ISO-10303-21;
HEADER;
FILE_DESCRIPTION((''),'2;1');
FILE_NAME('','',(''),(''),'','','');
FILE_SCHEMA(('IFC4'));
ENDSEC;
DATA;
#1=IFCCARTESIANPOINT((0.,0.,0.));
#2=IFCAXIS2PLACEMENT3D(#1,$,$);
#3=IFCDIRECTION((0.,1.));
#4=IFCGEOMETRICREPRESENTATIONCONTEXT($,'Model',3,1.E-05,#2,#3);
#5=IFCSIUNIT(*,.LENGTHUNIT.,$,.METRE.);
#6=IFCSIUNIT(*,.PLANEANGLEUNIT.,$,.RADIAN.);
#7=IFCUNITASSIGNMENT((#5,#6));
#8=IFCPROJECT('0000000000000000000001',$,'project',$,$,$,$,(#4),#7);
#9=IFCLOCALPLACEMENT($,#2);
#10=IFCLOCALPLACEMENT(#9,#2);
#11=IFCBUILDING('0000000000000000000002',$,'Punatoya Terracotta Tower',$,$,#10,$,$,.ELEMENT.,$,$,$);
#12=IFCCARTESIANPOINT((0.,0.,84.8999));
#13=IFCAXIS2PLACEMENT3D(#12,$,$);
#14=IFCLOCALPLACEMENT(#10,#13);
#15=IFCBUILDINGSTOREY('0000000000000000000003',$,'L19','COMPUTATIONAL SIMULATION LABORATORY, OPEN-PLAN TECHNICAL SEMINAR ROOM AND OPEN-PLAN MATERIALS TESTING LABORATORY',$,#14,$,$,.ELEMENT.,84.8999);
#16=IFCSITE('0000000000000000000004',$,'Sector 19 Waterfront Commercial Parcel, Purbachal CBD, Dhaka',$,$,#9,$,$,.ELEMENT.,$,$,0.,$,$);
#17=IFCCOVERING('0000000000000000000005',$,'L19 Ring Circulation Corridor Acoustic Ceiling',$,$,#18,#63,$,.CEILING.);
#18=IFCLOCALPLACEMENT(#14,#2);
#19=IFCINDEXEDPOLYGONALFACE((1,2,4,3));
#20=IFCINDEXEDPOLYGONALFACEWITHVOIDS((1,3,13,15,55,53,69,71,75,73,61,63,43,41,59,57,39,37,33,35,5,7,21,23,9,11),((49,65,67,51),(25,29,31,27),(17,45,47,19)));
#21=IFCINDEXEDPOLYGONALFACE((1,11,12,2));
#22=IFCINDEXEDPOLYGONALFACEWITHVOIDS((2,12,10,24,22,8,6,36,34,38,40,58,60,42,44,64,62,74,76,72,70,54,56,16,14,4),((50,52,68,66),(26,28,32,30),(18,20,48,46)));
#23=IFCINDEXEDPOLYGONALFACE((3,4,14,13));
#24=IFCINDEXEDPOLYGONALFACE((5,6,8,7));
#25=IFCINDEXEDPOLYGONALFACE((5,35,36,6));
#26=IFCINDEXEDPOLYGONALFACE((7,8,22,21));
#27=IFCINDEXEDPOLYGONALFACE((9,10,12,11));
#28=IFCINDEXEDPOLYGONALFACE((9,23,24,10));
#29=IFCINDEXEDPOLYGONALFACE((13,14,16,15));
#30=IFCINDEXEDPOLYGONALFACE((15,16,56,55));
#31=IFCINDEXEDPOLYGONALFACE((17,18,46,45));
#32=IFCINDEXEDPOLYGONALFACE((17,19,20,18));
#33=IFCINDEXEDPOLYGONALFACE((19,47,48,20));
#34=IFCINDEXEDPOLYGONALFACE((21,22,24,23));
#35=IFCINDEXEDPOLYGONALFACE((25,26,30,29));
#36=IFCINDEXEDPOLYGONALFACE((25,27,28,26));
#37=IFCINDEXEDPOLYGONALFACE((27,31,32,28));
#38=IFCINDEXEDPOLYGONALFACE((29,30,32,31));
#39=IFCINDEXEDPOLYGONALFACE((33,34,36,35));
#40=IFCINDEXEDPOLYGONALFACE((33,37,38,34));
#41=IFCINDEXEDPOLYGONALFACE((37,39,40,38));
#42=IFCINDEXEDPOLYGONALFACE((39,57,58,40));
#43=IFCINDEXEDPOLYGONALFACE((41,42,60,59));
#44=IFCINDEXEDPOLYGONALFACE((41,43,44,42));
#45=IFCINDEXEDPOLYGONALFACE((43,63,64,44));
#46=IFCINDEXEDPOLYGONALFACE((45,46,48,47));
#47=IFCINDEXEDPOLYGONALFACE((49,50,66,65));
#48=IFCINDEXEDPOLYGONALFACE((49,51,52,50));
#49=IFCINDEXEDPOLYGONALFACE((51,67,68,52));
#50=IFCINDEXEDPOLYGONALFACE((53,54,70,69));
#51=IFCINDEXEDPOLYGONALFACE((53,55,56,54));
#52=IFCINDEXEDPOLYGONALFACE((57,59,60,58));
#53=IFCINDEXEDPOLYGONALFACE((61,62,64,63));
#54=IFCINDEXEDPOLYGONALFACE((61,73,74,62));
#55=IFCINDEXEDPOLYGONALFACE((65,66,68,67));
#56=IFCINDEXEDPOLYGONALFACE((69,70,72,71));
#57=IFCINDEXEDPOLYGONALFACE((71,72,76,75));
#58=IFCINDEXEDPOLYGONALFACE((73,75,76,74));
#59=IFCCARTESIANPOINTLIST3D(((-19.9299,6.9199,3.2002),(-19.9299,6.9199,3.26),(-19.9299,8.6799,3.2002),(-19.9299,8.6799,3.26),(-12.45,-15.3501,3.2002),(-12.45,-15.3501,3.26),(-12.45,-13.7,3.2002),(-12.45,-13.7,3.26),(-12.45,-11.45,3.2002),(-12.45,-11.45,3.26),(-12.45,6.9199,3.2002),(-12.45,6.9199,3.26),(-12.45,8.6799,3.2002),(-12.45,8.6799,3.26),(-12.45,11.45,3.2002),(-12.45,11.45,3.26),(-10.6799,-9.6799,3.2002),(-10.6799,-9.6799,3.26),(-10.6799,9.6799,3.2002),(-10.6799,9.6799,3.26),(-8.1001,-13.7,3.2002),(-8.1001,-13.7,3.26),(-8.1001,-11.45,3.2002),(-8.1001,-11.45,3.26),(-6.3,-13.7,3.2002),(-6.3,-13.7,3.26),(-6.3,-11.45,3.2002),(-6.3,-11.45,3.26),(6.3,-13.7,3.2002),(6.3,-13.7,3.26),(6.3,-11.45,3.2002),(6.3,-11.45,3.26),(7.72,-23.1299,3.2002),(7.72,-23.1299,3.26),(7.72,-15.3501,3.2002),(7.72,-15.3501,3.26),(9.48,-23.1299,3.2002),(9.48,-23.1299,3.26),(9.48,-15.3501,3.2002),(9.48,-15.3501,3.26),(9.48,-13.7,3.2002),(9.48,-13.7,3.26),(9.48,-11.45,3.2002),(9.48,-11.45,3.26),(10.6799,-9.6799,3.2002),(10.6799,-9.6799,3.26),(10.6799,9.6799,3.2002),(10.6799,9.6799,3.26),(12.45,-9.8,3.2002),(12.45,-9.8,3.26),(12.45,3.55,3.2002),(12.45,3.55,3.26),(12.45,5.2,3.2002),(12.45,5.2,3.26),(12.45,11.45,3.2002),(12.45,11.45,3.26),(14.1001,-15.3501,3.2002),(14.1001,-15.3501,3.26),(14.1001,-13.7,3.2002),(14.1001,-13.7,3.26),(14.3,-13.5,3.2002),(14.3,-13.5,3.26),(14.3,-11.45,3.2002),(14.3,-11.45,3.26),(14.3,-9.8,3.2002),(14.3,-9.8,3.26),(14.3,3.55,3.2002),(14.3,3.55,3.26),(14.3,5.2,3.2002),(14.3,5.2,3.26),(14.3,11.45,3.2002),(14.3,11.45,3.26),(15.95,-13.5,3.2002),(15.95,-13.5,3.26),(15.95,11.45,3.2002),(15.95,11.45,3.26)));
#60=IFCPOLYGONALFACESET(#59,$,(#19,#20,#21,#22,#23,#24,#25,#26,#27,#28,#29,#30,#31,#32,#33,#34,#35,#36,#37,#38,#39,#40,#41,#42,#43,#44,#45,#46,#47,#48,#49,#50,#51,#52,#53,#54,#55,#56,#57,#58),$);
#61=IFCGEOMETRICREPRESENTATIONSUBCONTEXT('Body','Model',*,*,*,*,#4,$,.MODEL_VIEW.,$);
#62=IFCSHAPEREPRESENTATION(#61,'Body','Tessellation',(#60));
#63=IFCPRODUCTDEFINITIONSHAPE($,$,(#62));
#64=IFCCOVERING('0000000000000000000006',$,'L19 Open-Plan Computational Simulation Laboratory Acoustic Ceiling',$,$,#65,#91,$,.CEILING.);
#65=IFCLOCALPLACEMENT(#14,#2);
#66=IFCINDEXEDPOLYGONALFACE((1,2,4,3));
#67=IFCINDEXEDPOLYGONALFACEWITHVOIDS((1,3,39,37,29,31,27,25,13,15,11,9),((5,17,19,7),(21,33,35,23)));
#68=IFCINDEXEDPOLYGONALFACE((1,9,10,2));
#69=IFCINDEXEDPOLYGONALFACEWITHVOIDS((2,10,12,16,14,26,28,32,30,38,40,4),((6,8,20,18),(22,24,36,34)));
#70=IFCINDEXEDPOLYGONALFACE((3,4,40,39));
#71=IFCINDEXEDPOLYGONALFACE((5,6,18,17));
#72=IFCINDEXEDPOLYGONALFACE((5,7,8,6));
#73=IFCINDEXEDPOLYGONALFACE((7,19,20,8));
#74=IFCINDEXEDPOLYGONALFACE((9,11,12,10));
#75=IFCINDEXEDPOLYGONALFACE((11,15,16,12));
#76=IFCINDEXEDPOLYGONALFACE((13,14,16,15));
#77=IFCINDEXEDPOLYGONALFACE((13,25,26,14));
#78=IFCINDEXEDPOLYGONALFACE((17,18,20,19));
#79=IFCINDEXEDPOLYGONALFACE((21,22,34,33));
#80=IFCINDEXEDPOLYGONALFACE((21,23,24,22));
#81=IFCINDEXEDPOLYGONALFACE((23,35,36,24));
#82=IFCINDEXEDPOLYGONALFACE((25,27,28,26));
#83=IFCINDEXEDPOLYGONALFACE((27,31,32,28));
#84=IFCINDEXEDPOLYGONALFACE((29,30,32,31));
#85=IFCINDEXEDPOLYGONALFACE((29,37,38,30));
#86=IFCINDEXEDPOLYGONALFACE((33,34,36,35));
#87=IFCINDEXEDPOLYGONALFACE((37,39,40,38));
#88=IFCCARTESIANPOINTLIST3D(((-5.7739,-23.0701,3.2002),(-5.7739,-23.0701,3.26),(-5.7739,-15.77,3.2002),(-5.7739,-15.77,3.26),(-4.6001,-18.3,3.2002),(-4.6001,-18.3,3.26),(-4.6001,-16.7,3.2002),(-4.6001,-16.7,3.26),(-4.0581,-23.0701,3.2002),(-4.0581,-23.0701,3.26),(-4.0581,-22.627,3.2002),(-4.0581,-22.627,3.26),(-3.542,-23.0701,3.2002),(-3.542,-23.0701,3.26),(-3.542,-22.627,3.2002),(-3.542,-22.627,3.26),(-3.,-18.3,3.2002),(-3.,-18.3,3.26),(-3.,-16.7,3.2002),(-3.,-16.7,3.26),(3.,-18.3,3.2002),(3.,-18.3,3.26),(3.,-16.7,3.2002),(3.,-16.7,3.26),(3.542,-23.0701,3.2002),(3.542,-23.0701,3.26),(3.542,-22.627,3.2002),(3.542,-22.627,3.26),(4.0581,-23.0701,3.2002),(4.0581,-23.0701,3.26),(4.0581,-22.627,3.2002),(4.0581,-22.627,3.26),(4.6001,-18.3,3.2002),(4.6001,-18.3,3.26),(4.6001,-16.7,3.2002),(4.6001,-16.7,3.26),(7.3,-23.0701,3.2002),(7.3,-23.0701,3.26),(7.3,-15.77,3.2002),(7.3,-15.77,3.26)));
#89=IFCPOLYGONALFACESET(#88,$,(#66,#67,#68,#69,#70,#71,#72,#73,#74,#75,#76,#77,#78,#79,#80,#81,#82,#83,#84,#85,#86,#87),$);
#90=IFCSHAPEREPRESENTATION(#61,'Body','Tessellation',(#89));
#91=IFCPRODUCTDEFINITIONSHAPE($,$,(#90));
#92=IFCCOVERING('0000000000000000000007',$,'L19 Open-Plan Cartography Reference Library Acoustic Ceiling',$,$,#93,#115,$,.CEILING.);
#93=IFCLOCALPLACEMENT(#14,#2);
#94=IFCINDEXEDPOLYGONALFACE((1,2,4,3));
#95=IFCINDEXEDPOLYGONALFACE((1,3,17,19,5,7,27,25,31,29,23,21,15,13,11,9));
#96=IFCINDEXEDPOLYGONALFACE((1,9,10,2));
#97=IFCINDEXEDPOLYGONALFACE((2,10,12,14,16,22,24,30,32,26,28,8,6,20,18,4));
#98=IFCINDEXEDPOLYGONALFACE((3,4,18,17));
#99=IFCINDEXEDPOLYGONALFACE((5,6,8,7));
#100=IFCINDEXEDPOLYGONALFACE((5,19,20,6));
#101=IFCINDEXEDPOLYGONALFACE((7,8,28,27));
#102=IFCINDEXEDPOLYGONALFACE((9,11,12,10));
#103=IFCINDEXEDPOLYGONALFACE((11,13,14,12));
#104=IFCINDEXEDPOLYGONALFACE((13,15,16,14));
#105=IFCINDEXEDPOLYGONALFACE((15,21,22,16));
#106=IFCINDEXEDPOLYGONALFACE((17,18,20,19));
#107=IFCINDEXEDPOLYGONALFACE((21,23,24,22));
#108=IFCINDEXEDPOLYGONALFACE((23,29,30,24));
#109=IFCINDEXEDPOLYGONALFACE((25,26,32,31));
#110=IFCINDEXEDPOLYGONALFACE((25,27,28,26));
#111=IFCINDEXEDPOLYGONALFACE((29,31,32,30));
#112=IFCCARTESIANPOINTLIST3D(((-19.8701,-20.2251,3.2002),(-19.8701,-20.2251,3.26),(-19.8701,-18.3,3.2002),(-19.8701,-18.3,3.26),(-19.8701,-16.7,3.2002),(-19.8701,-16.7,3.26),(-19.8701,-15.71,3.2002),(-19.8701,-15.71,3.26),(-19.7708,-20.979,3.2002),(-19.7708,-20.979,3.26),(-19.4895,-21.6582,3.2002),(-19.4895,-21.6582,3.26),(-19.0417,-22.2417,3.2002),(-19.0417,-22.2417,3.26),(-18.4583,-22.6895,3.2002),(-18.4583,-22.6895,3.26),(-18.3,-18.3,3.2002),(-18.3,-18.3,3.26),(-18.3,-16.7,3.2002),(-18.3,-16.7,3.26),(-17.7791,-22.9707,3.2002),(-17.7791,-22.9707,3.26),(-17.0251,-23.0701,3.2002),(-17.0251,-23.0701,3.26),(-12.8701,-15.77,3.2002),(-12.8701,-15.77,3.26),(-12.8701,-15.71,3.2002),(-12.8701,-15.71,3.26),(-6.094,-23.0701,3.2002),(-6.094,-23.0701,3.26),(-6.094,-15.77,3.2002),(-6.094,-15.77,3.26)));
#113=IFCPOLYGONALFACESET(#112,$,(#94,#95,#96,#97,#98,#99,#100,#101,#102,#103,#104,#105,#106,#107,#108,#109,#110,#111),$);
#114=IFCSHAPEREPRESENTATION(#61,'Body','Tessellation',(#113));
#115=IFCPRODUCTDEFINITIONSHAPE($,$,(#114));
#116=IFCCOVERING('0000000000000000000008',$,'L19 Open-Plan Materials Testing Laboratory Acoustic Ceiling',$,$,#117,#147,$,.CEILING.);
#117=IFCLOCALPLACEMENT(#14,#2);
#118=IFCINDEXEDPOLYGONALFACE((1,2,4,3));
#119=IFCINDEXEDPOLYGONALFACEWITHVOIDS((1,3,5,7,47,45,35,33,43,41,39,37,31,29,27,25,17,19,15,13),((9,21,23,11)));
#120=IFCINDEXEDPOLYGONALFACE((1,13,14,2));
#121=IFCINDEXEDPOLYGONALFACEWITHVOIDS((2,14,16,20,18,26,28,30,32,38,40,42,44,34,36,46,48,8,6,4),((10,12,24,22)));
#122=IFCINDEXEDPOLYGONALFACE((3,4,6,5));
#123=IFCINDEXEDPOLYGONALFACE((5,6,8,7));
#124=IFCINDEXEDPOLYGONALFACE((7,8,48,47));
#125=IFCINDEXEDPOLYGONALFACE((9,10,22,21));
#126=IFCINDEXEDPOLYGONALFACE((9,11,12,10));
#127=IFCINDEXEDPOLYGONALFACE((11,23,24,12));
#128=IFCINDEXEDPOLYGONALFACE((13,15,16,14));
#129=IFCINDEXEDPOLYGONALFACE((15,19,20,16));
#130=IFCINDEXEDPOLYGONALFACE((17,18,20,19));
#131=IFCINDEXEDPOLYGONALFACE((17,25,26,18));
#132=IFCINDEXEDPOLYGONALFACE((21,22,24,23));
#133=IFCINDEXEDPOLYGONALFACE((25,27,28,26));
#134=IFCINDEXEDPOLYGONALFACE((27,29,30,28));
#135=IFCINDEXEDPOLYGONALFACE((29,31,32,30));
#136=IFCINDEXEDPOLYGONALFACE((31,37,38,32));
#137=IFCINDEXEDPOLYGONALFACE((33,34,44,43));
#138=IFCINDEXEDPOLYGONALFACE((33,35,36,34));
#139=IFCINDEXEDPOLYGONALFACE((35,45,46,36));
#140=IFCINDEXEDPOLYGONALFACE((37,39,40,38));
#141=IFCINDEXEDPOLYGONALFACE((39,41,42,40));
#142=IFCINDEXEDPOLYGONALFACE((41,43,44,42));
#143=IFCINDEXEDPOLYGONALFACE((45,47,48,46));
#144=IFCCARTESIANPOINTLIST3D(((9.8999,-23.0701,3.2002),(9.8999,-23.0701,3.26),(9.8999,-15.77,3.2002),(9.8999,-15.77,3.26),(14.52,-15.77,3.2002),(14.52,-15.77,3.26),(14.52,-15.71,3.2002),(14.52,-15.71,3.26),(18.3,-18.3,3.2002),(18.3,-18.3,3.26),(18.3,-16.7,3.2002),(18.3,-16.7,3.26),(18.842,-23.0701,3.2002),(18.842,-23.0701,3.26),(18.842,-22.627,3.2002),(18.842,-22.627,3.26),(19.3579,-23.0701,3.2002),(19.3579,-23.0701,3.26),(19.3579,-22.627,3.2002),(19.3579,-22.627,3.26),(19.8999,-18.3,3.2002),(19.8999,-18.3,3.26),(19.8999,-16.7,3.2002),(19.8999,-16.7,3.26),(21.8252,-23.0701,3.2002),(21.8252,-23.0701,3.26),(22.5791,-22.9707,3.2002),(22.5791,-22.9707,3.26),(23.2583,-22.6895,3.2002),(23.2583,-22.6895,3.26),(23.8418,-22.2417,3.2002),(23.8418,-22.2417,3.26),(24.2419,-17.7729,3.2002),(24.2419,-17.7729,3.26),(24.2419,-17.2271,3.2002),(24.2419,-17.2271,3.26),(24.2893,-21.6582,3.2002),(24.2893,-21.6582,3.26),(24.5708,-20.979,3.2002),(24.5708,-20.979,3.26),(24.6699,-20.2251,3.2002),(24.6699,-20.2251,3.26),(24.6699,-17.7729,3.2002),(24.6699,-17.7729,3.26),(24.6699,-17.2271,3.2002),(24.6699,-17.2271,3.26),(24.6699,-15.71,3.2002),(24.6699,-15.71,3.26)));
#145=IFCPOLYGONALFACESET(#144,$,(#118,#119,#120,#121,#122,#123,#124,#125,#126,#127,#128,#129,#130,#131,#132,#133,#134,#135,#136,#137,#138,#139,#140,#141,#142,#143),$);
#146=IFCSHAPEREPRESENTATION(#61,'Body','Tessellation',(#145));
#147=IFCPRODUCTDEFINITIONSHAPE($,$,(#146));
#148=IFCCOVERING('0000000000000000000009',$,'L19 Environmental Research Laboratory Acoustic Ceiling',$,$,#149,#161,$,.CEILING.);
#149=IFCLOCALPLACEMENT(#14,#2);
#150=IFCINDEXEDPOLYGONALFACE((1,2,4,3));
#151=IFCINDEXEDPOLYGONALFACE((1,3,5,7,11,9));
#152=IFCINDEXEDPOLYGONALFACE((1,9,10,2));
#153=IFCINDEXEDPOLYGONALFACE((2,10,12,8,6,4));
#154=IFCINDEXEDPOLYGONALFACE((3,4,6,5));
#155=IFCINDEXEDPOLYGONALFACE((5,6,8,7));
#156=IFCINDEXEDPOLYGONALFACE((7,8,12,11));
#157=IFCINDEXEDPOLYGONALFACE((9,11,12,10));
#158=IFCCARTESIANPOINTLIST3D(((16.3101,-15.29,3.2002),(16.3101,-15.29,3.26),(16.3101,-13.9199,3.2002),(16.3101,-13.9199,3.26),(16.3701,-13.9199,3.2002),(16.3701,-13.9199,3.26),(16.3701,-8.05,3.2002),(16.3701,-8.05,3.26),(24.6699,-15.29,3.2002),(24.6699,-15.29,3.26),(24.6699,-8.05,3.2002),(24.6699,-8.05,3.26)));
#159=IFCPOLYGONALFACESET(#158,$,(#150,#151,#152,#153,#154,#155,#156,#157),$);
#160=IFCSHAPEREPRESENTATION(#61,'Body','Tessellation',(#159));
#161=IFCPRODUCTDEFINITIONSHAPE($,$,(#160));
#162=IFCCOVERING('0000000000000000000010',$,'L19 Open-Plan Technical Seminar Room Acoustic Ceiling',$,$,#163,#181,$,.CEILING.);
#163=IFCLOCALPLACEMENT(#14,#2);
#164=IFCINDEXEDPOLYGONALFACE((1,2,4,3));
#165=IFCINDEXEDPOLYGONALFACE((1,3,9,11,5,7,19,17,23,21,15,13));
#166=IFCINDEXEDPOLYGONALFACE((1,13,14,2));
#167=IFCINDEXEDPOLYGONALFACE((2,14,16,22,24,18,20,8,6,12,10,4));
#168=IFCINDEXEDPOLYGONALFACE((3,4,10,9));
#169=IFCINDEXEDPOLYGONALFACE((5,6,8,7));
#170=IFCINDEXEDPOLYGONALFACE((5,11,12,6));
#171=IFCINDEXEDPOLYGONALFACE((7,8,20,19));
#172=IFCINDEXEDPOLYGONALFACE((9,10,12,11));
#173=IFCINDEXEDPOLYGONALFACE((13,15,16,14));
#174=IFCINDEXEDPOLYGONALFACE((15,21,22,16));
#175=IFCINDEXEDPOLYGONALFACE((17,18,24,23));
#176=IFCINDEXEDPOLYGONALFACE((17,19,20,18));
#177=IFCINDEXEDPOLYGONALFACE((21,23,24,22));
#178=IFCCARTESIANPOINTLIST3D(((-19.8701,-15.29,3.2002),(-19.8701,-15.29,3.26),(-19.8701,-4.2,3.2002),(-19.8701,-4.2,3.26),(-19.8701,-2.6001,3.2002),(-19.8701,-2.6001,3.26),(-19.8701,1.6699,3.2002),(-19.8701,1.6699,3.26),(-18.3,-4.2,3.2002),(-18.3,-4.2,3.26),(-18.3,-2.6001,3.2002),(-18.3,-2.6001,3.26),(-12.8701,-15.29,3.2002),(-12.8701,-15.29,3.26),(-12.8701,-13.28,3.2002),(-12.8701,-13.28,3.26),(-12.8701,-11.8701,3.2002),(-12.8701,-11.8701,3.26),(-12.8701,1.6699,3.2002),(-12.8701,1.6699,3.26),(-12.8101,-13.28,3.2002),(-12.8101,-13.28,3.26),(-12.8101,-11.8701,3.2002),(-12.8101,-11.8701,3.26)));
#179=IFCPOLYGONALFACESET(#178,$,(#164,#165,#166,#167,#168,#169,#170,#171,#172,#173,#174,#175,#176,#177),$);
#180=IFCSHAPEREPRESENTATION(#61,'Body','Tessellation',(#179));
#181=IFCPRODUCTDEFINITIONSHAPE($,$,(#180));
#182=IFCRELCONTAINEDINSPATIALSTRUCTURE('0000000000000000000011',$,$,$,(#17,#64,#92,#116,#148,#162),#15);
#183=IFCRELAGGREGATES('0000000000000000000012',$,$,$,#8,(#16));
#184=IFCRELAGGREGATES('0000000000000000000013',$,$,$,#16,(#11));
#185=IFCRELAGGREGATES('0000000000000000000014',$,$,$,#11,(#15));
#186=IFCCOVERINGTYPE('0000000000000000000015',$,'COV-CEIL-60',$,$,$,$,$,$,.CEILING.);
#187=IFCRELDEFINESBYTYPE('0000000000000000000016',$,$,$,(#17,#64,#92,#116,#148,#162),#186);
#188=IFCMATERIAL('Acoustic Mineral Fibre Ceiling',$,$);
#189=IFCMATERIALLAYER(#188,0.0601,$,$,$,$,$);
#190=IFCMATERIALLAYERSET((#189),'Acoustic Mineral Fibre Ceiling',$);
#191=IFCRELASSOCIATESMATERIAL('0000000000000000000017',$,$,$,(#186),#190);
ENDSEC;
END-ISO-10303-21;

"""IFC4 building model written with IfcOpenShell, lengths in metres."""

from ifc_helpers import new_model, si_unit, direction, frame, origin, place, context, subcontext, project, spatial, polyline, outline, extrude, material, layer, layer_set, type_object, element, save


model = new_model("IFC4")

# Units and contexts
model_context = context("Model", 3, precision=1e-05, world=origin(), true_north=direction((0.0, 1.0)))
body_context = subcontext(model_context, "Body", "Model", "MODEL_VIEW")
ifc_project = project(units=[si_unit("LENGTHUNIT", "METRE"), si_unit("PLANEANGLEUNIT", "RADIAN")], contexts=[model_context])

# Site, building, storey
site_placement = place(None, origin())
site = spatial("IfcSite", under=ifc_project, at=site_placement, Name="Sector 19 Waterfront Commercial Parcel, Purbachal CBD, Dhaka", CompositionType="ELEMENT", RefElevation=0.0)
building_placement = place(site_placement, origin())
building = spatial("IfcBuilding", under=site, at=building_placement, Name="Punatoya Terracotta Tower", CompositionType="ELEMENT")
storey_placement = place(building_placement, frame((0.0, 0.0, 84.8999)))
storey = spatial("IfcBuildingStorey", under=building, at=storey_placement, Name="L19", Description="COMPUTATIONAL SIMULATION LABORATORY, OPEN-PLAN TECHNICAL SEMINAR ROOM AND OPEN-PLAN MATERIALS TESTING LABORATORY", CompositionType="ELEMENT", Elevation=84.8999)

# Coverings
ifc_material_1 = material(Name="Acoustic Mineral Fibre Ceiling")
ifc_layer_1 = layer(ifc_material_1, 0.0601)
ifc_layer_set_1 = layer_set([ifc_layer_1], Name="Acoustic Mineral Fibre Ceiling")
covering_type = type_object("IfcCoveringType", Name="COV-CEIL-60", PredefinedType="CEILING", material=ifc_layer_set_1)
covering_1_placement = place(storey_placement, frame((0.0, 0.0, 3.2002)))
element("IfcCovering", 1, at=covering_1_placement, inside=storey, type_object=covering_type, Name="L19 Ring Circulation Corridor Acoustic Ceiling", PredefinedType="CEILING", context=body_context, shape_type="SweptSolid", body=[
    extrude(outline(polyline([(14.1001, -13.7), (9.48, -13.7), (9.48, -11.45), (14.3, -11.45), (14.3, -13.5), (15.95, -13.5), (15.95, 11.45), (14.3, 11.45), (14.3, 5.2), (12.45, 5.2), (12.45, 11.45), (-12.45, 11.45), (-12.45, 8.6799), (-19.9299, 8.6799), (-19.9299, 6.9199), (-12.45, 6.9199), (-12.45, -11.45), (-8.1001, -11.45), (-8.1001, -13.7), (-12.45, -13.7), (-12.45, -15.3501), (7.72, -15.3501), (7.72, -23.1299), (9.48, -23.1299), (9.48, -15.3501), (14.1001, -15.3501), (14.1001, -13.7)]), holes=[polyline([(12.45, 3.55), (14.3, 3.55), (14.3, -9.8), (12.45, -9.8), (12.45, 3.55)]), polyline([(10.6799, 9.6799), (10.6799, -9.6799), (-10.6799, -9.6799), (-10.6799, 9.6799), (10.6799, 9.6799)]), polyline([(6.3, -13.7), (-6.3, -13.7), (-6.3, -11.45), (6.3, -11.45), (6.3, -13.7)])]), origin(), (0.0, 0.0, 1.0), 0.0598),
])
covering_2_placement = place(storey_placement, frame((0.0, 0.0, 3.2002)))
element("IfcCovering", 2, at=covering_2_placement, inside=storey, type_object=covering_type, Name="L19 Open-Plan Computational Simulation Laboratory Acoustic Ceiling", PredefinedType="CEILING", context=body_context, shape_type="SweptSolid", body=[
    extrude(outline(polyline([(7.3, -15.77), (-5.7739, -15.77), (-5.7739, -23.0701), (-4.0581, -23.0701), (-4.0581, -22.627), (-3.542, -22.627), (-3.542, -23.0701), (3.542, -23.0701), (3.542, -22.627), (4.0581, -22.627), (4.0581, -23.0701), (7.3, -23.0701), (7.3, -15.77)]), holes=[polyline([(4.6001, -16.7), (4.6001, -18.3), (3.0, -18.3), (3.0, -16.7), (4.6001, -16.7)]), polyline([(-4.6001, -16.7), (-3.0, -16.7), (-3.0, -18.3), (-4.6001, -18.3), (-4.6001, -16.7)])]), origin(), (0.0, 0.0, 1.0), 0.0598),
])
covering_3_placement = place(storey_placement, frame((0.0, 0.0, 3.2002)))
element("IfcCovering", 3, at=covering_3_placement, inside=storey, type_object=covering_type, Name="L19 Open-Plan Cartography Reference Library Acoustic Ceiling", PredefinedType="CEILING", context=body_context, shape_type="SweptSolid", body=[
    extrude(outline(polyline([(-19.8701, -18.3), (-19.8701, -20.2251), (-19.7708, -20.979), (-19.4895, -21.6582), (-19.0417, -22.2417), (-18.4583, -22.6895), (-17.7791, -22.9707), (-17.0251, -23.0701), (-6.094, -23.0701), (-6.094, -15.77), (-12.8701, -15.77), (-12.8701, -15.71), (-19.8701, -15.71), (-19.8701, -16.7), (-18.3, -16.7), (-18.3, -18.3), (-19.8701, -18.3)])), origin(), (0.0, 0.0, 1.0), 0.0598),
])
covering_4_placement = place(storey_placement, frame((0.0, 0.0, 3.2002)))
element("IfcCovering", 4, at=covering_4_placement, inside=storey, type_object=covering_type, Name="L19 Open-Plan Materials Testing Laboratory Acoustic Ceiling", PredefinedType="CEILING", context=body_context, shape_type="SweptSolid", body=[
    extrude(outline(polyline([(14.52, -15.77), (9.8999, -15.77), (9.8999, -23.0701), (18.842, -23.0701), (18.842, -22.627), (19.3579, -22.627), (19.3579, -23.0701), (21.8252, -23.0701), (22.5791, -22.9707), (23.2583, -22.6895), (23.8418, -22.2417), (24.2893, -21.6582), (24.5708, -20.979), (24.6699, -20.2251), (24.6699, -17.7729), (24.2419, -17.7729), (24.2419, -17.2271), (24.6699, -17.2271), (24.6699, -15.71), (14.52, -15.71), (14.52, -15.77)]), holes=[polyline([(19.8999, -18.3), (18.3, -18.3), (18.3, -16.7), (19.8999, -16.7), (19.8999, -18.3)])]), origin(), (0.0, 0.0, 1.0), 0.0598),
])
covering_5_placement = place(storey_placement, frame((0.0, 0.0, 3.2002)))
element("IfcCovering", 5, at=covering_5_placement, inside=storey, type_object=covering_type, Name="L19 Environmental Research Laboratory Acoustic Ceiling", PredefinedType="CEILING", context=body_context, shape_type="SweptSolid", body=[
    extrude(outline(polyline([(16.3101, -13.9199), (16.3101, -15.29), (24.6699, -15.29), (24.6699, -8.05), (16.3701, -8.05), (16.3701, -13.9199), (16.3101, -13.9199)])), origin(), (0.0, 0.0, 1.0), 0.0598),
])
covering_6_placement = place(storey_placement, frame((0.0, 0.0, 3.2002)))
element("IfcCovering", 6, at=covering_6_placement, inside=storey, type_object=covering_type, Name="L19 Open-Plan Technical Seminar Room Acoustic Ceiling", PredefinedType="CEILING", context=body_context, shape_type="SweptSolid", body=[
    extrude(outline(polyline([(-19.8701, 1.6699), (-19.8701, -2.6001), (-18.3, -2.6001), (-18.3, -4.2), (-19.8701, -4.2), (-19.8701, -15.29), (-12.8701, -15.29), (-12.8701, -13.28), (-12.8101, -13.28), (-12.8101, -11.8701), (-12.8701, -11.8701), (-12.8701, 1.6699), (-19.8701, 1.6699)])), origin(), (0.0, 0.0, 1.0), 0.0598),
])

save(model, "model.ifc")
